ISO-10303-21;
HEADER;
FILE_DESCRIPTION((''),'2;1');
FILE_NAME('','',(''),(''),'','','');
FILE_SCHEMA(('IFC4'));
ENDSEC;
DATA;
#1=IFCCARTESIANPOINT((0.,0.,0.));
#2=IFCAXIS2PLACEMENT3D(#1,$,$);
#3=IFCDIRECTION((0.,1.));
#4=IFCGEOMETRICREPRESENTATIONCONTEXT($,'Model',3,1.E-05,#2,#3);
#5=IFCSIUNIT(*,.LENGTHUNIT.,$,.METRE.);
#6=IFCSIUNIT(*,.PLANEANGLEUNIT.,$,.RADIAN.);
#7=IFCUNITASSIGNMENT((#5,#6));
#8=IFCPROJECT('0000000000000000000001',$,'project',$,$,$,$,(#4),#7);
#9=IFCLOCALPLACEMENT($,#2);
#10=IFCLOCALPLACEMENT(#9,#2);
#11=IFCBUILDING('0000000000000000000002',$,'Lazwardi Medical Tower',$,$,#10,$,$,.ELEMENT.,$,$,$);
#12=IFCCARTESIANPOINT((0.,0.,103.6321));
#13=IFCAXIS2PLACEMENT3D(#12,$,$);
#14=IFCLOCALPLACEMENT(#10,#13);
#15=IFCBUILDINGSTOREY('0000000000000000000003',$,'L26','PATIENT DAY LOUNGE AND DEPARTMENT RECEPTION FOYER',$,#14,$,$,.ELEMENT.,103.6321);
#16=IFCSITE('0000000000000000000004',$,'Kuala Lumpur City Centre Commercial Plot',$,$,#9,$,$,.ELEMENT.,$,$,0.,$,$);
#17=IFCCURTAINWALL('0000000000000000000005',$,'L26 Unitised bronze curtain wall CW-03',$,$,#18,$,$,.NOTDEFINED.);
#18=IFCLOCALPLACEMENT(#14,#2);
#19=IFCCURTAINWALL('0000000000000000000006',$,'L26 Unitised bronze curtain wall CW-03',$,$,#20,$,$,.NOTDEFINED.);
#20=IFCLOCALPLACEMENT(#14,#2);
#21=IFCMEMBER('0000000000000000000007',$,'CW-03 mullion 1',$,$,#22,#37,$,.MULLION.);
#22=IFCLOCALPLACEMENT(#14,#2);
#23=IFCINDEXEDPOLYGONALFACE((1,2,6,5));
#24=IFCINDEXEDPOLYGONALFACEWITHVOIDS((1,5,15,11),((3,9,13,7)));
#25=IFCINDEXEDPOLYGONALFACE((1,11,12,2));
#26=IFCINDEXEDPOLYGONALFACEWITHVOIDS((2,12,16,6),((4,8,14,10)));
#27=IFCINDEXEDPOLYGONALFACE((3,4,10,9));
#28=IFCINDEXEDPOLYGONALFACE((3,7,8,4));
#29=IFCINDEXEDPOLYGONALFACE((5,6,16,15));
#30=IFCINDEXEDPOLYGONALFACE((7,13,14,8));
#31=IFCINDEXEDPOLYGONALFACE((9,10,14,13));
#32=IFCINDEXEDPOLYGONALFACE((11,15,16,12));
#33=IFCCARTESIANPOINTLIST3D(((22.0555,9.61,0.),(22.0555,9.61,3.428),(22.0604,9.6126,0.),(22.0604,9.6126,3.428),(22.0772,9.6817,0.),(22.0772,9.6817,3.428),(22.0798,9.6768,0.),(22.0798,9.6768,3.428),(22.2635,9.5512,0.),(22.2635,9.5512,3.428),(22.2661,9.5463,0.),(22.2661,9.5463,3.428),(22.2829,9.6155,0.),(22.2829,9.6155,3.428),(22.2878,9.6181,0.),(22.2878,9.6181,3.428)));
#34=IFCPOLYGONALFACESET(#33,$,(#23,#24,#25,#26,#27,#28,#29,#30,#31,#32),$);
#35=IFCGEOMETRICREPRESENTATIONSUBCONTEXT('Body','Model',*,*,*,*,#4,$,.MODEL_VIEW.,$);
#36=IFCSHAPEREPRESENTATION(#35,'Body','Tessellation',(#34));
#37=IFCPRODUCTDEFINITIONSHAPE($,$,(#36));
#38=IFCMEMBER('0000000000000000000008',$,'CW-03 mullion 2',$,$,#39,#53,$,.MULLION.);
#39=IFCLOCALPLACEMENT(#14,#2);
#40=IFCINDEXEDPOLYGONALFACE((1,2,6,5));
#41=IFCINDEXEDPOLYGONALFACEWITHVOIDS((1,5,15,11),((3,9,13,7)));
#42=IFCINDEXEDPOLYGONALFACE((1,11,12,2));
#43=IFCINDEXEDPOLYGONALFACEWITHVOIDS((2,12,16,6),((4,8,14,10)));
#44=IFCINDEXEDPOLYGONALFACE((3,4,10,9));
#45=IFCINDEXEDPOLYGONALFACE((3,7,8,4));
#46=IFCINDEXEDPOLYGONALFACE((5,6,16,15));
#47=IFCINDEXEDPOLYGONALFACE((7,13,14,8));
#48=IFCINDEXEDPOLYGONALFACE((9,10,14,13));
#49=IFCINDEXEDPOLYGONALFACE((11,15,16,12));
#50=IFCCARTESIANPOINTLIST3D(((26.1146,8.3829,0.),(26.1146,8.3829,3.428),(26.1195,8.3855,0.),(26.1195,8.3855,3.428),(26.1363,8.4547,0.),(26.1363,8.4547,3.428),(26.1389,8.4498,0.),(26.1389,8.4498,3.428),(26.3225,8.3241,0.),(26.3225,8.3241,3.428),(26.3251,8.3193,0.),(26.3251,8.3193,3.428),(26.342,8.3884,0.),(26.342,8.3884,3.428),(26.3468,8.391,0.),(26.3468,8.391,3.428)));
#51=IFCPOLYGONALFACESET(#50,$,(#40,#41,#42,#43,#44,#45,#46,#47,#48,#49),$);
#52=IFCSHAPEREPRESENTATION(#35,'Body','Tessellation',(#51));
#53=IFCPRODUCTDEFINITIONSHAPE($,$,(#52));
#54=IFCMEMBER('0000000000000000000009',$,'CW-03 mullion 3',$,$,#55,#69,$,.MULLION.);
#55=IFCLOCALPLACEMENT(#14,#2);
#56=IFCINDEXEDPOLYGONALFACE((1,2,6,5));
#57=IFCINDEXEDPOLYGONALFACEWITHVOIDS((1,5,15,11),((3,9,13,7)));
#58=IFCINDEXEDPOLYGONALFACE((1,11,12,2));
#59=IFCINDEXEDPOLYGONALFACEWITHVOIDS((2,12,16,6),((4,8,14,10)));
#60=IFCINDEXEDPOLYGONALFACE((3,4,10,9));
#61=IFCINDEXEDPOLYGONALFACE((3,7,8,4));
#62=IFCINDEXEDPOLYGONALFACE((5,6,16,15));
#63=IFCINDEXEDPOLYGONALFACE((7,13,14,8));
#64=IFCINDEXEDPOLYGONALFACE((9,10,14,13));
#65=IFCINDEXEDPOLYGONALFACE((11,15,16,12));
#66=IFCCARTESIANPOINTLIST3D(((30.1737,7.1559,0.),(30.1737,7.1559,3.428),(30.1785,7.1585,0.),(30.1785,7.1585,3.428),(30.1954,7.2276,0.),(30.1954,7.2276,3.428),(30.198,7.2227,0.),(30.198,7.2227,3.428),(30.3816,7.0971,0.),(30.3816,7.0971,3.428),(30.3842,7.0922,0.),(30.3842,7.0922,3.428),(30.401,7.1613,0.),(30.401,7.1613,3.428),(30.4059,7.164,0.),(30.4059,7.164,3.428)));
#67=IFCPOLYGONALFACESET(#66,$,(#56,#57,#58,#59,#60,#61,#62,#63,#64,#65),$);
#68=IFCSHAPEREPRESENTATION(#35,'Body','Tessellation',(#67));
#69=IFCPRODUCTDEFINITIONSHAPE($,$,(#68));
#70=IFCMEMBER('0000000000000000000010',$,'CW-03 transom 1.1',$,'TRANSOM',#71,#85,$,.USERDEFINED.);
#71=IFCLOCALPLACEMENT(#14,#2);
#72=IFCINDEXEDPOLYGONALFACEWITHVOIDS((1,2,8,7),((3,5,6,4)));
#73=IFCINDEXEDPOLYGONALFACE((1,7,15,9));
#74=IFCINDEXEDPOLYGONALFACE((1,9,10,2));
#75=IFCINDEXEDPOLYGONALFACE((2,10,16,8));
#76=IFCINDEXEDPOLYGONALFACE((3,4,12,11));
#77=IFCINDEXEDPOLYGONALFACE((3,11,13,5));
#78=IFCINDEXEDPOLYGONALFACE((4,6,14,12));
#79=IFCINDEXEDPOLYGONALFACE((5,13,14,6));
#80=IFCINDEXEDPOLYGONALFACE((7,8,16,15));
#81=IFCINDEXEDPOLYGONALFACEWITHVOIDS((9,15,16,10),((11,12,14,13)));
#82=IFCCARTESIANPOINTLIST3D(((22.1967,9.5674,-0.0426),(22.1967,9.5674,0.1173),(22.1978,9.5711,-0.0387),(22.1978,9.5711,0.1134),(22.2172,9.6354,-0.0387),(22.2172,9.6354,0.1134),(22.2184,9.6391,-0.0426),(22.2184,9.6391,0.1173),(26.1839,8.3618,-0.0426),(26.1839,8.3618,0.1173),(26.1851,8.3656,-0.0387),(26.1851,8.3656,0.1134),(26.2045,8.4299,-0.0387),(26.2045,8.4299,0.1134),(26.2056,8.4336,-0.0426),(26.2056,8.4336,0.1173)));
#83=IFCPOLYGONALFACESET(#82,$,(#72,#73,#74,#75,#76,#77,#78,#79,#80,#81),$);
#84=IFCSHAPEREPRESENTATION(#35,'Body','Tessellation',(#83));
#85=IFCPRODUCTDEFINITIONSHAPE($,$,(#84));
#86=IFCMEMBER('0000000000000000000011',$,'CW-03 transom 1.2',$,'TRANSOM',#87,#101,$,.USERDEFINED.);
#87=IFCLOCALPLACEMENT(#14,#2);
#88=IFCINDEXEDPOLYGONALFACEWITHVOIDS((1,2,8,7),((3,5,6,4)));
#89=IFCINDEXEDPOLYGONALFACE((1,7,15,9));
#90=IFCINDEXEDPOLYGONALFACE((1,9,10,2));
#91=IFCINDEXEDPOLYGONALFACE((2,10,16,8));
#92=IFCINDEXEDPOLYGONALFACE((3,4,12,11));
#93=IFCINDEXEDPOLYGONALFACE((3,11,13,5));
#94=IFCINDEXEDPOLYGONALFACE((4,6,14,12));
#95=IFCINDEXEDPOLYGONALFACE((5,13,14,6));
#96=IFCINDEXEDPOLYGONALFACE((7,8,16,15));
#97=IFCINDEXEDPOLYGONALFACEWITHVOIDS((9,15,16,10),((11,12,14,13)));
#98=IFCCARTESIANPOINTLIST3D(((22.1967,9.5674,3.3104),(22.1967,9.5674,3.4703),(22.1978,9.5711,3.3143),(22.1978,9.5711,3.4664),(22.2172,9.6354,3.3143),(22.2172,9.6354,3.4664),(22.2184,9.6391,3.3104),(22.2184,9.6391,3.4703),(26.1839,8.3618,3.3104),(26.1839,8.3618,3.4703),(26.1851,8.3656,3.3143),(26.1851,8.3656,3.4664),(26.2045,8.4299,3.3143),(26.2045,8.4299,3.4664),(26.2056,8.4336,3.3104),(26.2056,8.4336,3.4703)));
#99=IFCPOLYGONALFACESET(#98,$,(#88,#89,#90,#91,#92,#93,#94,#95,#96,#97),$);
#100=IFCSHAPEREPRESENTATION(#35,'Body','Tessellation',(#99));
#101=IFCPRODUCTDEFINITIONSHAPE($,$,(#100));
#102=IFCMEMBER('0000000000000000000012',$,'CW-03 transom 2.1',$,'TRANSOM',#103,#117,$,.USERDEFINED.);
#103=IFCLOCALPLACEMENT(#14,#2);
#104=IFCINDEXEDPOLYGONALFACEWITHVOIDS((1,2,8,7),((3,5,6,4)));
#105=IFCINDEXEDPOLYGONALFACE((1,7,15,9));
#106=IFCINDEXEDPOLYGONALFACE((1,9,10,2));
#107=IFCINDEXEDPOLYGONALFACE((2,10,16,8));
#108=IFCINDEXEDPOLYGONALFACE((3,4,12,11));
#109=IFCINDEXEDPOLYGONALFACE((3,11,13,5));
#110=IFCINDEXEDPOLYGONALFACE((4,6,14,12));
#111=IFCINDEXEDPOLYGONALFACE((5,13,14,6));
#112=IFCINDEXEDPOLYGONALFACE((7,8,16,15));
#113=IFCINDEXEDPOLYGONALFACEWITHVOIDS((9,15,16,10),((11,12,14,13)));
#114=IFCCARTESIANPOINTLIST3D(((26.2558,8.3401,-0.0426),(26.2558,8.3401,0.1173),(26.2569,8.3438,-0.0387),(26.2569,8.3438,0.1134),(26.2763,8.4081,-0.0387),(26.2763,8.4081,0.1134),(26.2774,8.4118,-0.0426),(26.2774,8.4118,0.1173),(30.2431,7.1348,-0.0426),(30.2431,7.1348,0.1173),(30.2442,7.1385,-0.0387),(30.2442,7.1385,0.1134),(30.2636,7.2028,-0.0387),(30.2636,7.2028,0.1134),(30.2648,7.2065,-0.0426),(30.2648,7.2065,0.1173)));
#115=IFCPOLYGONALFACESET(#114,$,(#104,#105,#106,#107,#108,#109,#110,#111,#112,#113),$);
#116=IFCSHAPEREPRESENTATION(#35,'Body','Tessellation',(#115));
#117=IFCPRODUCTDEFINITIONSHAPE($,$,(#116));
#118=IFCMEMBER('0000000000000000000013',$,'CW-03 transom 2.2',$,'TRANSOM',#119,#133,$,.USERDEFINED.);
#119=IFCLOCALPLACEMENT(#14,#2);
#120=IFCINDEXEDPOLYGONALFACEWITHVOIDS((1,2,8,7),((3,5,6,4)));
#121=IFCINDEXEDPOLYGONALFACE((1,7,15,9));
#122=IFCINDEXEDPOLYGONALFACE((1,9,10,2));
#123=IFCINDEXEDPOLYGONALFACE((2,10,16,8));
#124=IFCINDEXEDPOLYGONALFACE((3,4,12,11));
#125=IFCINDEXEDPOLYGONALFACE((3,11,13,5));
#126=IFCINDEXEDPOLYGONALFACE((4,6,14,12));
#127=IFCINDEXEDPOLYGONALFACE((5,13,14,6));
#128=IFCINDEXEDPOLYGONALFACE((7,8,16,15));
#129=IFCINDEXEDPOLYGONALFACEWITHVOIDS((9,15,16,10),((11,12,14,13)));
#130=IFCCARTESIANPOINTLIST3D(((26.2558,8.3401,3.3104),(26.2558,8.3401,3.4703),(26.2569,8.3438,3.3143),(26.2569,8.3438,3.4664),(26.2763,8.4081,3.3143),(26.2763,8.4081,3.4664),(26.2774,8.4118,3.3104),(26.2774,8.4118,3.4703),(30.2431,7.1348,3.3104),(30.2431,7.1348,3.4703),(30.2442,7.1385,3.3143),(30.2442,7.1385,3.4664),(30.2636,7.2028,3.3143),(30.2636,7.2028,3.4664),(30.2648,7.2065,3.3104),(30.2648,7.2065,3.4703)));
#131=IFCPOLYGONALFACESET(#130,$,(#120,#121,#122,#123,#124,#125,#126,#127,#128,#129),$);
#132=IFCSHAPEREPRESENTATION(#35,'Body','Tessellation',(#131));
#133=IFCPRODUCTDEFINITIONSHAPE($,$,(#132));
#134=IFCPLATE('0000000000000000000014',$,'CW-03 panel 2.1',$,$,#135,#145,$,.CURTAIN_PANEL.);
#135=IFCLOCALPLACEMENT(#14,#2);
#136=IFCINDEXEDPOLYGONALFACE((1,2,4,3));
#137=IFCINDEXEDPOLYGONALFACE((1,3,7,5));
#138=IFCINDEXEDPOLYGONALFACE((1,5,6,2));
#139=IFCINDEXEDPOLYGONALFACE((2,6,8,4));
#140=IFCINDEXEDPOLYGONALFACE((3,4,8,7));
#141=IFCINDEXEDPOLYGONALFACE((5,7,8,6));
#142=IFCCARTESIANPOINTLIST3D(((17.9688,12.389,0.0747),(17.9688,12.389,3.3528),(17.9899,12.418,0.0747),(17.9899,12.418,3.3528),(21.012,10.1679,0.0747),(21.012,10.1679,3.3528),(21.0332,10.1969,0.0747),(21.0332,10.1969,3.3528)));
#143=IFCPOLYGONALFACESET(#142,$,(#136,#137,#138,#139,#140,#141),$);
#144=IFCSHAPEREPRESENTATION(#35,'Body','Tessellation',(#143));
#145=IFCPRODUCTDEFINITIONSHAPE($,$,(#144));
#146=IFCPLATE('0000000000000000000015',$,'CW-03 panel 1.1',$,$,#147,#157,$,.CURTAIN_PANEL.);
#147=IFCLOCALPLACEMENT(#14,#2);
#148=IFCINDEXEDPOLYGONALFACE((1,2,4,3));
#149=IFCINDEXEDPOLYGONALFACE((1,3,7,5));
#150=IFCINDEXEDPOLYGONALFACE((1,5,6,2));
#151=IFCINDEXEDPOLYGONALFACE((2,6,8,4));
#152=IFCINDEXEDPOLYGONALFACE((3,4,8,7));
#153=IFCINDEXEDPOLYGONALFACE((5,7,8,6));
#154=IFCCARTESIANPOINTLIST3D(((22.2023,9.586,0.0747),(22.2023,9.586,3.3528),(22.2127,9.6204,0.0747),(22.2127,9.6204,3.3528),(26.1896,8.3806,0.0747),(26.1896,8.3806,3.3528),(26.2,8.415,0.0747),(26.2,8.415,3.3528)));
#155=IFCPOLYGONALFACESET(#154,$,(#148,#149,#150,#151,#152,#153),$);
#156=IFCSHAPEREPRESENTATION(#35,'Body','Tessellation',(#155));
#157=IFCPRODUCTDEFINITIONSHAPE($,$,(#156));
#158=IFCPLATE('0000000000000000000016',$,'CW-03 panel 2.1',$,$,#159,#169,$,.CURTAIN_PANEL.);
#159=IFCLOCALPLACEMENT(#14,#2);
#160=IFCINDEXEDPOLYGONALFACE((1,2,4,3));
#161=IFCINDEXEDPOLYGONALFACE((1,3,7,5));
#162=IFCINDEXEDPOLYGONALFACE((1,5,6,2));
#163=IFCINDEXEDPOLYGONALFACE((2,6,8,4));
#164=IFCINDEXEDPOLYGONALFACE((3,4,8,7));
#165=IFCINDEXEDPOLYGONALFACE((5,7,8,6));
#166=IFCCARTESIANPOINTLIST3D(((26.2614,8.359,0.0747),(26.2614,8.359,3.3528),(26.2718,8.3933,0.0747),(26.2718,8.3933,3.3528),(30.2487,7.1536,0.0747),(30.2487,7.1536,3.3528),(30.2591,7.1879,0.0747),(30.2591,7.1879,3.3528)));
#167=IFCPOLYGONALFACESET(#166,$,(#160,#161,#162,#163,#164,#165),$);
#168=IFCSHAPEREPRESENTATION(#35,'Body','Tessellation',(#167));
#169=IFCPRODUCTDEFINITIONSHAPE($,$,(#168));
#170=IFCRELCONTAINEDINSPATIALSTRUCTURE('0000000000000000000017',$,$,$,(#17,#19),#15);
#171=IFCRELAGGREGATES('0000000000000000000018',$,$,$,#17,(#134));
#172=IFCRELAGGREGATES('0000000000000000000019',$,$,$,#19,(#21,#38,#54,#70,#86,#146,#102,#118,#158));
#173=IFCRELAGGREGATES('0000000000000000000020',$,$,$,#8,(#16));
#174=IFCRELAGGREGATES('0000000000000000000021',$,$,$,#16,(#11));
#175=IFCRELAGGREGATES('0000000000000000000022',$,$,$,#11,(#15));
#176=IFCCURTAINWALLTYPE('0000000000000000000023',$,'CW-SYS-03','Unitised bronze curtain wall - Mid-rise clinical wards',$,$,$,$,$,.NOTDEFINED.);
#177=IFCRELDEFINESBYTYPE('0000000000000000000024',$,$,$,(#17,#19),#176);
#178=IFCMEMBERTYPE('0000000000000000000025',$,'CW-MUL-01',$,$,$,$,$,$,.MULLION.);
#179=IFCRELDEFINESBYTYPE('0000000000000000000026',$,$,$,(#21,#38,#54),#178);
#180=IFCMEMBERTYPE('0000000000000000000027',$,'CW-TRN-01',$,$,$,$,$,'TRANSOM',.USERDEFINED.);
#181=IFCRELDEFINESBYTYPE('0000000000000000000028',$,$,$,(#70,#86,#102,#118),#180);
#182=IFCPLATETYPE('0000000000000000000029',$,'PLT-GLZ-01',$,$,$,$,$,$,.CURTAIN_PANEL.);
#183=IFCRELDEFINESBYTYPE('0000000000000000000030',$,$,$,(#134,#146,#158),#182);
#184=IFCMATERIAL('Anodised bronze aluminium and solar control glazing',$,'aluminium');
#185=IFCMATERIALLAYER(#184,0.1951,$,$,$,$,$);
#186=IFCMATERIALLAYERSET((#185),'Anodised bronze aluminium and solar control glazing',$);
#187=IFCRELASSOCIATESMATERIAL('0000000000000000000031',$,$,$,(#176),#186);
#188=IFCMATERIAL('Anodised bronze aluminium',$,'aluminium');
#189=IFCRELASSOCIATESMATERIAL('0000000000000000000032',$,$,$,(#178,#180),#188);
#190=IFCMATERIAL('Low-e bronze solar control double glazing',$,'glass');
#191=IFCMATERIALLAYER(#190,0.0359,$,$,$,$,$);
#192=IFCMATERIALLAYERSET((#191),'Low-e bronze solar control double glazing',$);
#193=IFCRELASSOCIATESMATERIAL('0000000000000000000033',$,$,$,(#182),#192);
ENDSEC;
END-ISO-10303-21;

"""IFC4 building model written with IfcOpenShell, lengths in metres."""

from ifc_helpers import new_model, si_unit, direction, frame, origin, origin_2d, place, context, subcontext, project, spatial, rectangle, hollow_rectangle, extrude, material, layer, layer_set, material_profile, profile_set, type_object, element, aggregate, save


model = new_model("IFC4")

# Units and contexts
model_context = context("Model", 3, precision=1e-05, world=origin(), true_north=direction((0.0, 1.0)))
body_context = subcontext(model_context, "Body", "Model", "MODEL_VIEW")
ifc_project = project(units=[si_unit("LENGTHUNIT", "METRE"), si_unit("PLANEANGLEUNIT", "RADIAN")], contexts=[model_context])

# Site, building, storey
site_placement = place(None, origin())
site = spatial("IfcSite", under=ifc_project, at=site_placement, Name="Kuala Lumpur City Centre Commercial Plot", CompositionType="ELEMENT", RefElevation=0.0)
building_placement = place(site_placement, origin())
building = spatial("IfcBuilding", under=site, at=building_placement, Name="Lazwardi Medical Tower", CompositionType="ELEMENT")
storey_placement = place(building_placement, frame((0.0, 0.0, 103.6321)))
storey = spatial("IfcBuildingStorey", under=building, at=storey_placement, Name="L26", Description="PATIENT DAY LOUNGE AND DEPARTMENT RECEPTION FOYER", CompositionType="ELEMENT", Elevation=103.6321)

# Curtain wall
ifc_material_1 = material(Name="Anodised bronze aluminium and solar control glazing", Category="aluminium")
ifc_layer_1 = layer(ifc_material_1, 0.1951)
ifc_layer_set_1 = layer_set([ifc_layer_1], Name="Anodised bronze aluminium and solar control glazing")
curtain_wall_type = type_object("IfcCurtainWallType", Name="CW-SYS-03", Description="Unitised bronze curtain wall - Mid-rise clinical wards", PredefinedType="NOTDEFINED", material=ifc_layer_set_1)
curtain_wall_1_placement = place(storey_placement, origin())
curtain_wall_1 = element("IfcCurtainWall", 1, at=curtain_wall_1_placement, inside=storey, type_object=curtain_wall_type, Name="L26 Unitised bronze curtain wall CW-03", PredefinedType="NOTDEFINED")
ifc_material_2 = material(Name="Anodised bronze aluminium", Category="aluminium")
ifc_material_profile_1 = material_profile(ifc_material_2, hollow_rectangle(XDim=0.075, YDim=0.22, WallThickness=0.0039, at=origin_2d()), Name="ALU-MULLION 220x75x4")
ifc_profile_set_1 = profile_set([ifc_material_profile_1], Name="Anodised bronze aluminium")
member_type_1 = type_object("IfcMemberType", Name="CW-MUL-01", PredefinedType="MULLION", material=ifc_profile_set_1)

# Curtain wall, members
curtain_wall_2_placement = place(storey_placement, origin())
curtain_wall_2 = element("IfcCurtainWall", 2, at=curtain_wall_2_placement, inside=storey, type_object=curtain_wall_type, Name="L26 Unitised bronze curtain wall CW-03", PredefinedType="NOTDEFINED")
member_1_placement = place(storey_placement, frame((22.1716, 9.614, 0.0), z_axis=(0.0, 0.0, 1.0), x_axis=(0.289374, 0.957216, 0.0)))
member_1 = element("IfcMember", 3, at=member_1_placement, type_object=member_type_1, Name="CW-03 mullion 1", PredefinedType="MULLION", context=body_context, shape_type="SweptSolid", body=[
    extrude(hollow_rectangle(XDim=0.075, YDim=0.22, WallThickness=0.0039, at=origin_2d()), origin(), (0.0, 0.0, 1.0), 3.428),
])
member_2_placement = place(storey_placement, frame((26.2307, 8.387, 0.0), z_axis=(0.0, 0.0, 1.0), x_axis=(0.289374, 0.957216, 0.0)))
member_2 = element("IfcMember", 4, at=member_2_placement, type_object=member_type_1, Name="CW-03 mullion 2", PredefinedType="MULLION", context=body_context, shape_type="SweptSolid", body=[
    extrude(hollow_rectangle(XDim=0.075, YDim=0.22, WallThickness=0.0039, at=origin_2d()), origin(), (0.0, 0.0, 1.0), 3.428),
])
member_3_placement = place(storey_placement, frame((30.2898, 7.1599, 0.0), z_axis=(0.0, 0.0, 1.0), x_axis=(0.289374, 0.957216, 0.0)))
member_3 = element("IfcMember", 5, at=member_3_placement, type_object=member_type_1, Name="CW-03 mullion 3", PredefinedType="MULLION", context=body_context, shape_type="SweptSolid", body=[
    extrude(hollow_rectangle(XDim=0.075, YDim=0.22, WallThickness=0.0039, at=origin_2d()), origin(), (0.0, 0.0, 1.0), 3.428),
])
ifc_material_profile_2 = material_profile(ifc_material_2, hollow_rectangle(XDim=0.075, YDim=0.1599, WallThickness=0.0039, at=origin_2d()), Name="ALU-TRANSOM 160x75x4")
ifc_profile_set_2 = profile_set([ifc_material_profile_2], Name="Anodised bronze aluminium")
member_type_2 = type_object("IfcMemberType", Name="CW-TRN-01", ElementType="TRANSOM", PredefinedType="USERDEFINED", material=ifc_profile_set_2)
member_4_placement = place(storey_placement, frame((22.2075, 9.6033, 0.0374), z_axis=(0.957205, -0.289412, 0.0), x_axis=(0.289412, 0.957205, 0.0)))
member_4 = element("IfcMember", 6, at=member_4_placement, type_object=member_type_2, Name="CW-03 transom 1.1", ObjectType="TRANSOM", PredefinedType="USERDEFINED", context=body_context, shape_type="SweptSolid", body=[
    extrude(hollow_rectangle(XDim=0.075, YDim=0.1599, WallThickness=0.0039, at=origin_2d()), origin(), (0.0, 0.0, 1.0), 4.1655),
])
member_5_placement = place(storey_placement, frame((22.2075, 9.6033, 3.3904), z_axis=(0.957205, -0.289412, 0.0), x_axis=(0.289412, 0.957205, 0.0)))
member_5 = element("IfcMember", 7, at=member_5_placement, type_object=member_type_2, Name="CW-03 transom 1.2", ObjectType="TRANSOM", PredefinedType="USERDEFINED", context=body_context, shape_type="SweptSolid", body=[
    extrude(hollow_rectangle(XDim=0.075, YDim=0.1599, WallThickness=0.0039, at=origin_2d()), origin(), (0.0, 0.0, 1.0), 4.1655),
])
member_6_placement = place(storey_placement, frame((26.2666, 8.376, 0.0374), z_axis=(0.957221, -0.289358, 0.0), x_axis=(0.289358, 0.957221, 0.0)))
member_6 = element("IfcMember", 8, at=member_6_placement, type_object=member_type_2, Name="CW-03 transom 2.1", ObjectType="TRANSOM", PredefinedType="USERDEFINED", context=body_context, shape_type="SweptSolid", body=[
    extrude(hollow_rectangle(XDim=0.075, YDim=0.1599, WallThickness=0.0039, at=origin_2d()), origin(), (0.0, 0.0, 1.0), 4.1655),
])
member_7_placement = place(storey_placement, frame((26.2666, 8.376, 3.3904), z_axis=(0.957221, -0.289358, 0.0), x_axis=(0.289358, 0.957221, 0.0)))
member_7 = element("IfcMember", 9, at=member_7_placement, type_object=member_type_2, Name="CW-03 transom 2.2", ObjectType="TRANSOM", PredefinedType="USERDEFINED", context=body_context, shape_type="SweptSolid", body=[
    extrude(hollow_rectangle(XDim=0.075, YDim=0.1599, WallThickness=0.0039, at=origin_2d()), origin(), (0.0, 0.0, 1.0), 4.1655),
])

# Plates
ifc_material_3 = material(Name="Low-e bronze solar control double glazing", Category="glass")
ifc_layer_2 = layer(ifc_material_3, 0.0359)
ifc_layer_set_2 = layer_set([ifc_layer_2], Name="Low-e bronze solar control double glazing")
plate_type = type_object("IfcPlateType", Name="PLT-GLZ-01", PredefinedType="CURTAIN_PANEL", material=ifc_layer_set_2)
plate_1_placement = place(storey_placement, frame((19.501, 11.293, 0.0747), z_axis=(0.0, 0.0, 1.0), x_axis=(0.807746, -0.589531, 0.0)))
plate_1 = element("IfcPlate", 10, at=plate_1_placement, type_object=plate_type, Name="CW-03 panel 2.1", PredefinedType="CURTAIN_PANEL", context=body_context, shape_type="SweptSolid", body=[
    extrude(rectangle(XDim=3.7676, YDim=0.0359, at=origin_2d()), origin(), (0.0, 0.0, 1.0), 3.2781),
])
aggregate(curtain_wall_1, [plate_1])
plate_2_placement = place(storey_placement, frame((24.2012, 9.0005, 0.0747), z_axis=(0.0, 0.0, 1.0), x_axis=(0.957216, -0.289374, 0.0)))
plate_2 = element("IfcPlate", 11, at=plate_2_placement, type_object=plate_type, Name="CW-03 panel 1.1", PredefinedType="CURTAIN_PANEL", context=body_context, shape_type="SweptSolid", body=[
    extrude(rectangle(XDim=4.1655, YDim=0.0359, at=origin_2d()), origin(), (0.0, 0.0, 1.0), 3.2781),
])
plate_3_placement = place(storey_placement, frame((28.2603, 7.7734, 0.0747), z_axis=(0.0, 0.0, 1.0), x_axis=(0.957216, -0.289374, 0.0)))
plate_3 = element("IfcPlate", 12, at=plate_3_placement, type_object=plate_type, Name="CW-03 panel 2.1", PredefinedType="CURTAIN_PANEL", context=body_context, shape_type="SweptSolid", body=[
    extrude(rectangle(XDim=4.1655, YDim=0.0359, at=origin_2d()), origin(), (0.0, 0.0, 1.0), 3.2781),
])
aggregate(curtain_wall_2, [member_1, member_2, member_3, member_4, member_5, plate_2, member_6, member_7, plate_3])

save(model, "model.ifc")
